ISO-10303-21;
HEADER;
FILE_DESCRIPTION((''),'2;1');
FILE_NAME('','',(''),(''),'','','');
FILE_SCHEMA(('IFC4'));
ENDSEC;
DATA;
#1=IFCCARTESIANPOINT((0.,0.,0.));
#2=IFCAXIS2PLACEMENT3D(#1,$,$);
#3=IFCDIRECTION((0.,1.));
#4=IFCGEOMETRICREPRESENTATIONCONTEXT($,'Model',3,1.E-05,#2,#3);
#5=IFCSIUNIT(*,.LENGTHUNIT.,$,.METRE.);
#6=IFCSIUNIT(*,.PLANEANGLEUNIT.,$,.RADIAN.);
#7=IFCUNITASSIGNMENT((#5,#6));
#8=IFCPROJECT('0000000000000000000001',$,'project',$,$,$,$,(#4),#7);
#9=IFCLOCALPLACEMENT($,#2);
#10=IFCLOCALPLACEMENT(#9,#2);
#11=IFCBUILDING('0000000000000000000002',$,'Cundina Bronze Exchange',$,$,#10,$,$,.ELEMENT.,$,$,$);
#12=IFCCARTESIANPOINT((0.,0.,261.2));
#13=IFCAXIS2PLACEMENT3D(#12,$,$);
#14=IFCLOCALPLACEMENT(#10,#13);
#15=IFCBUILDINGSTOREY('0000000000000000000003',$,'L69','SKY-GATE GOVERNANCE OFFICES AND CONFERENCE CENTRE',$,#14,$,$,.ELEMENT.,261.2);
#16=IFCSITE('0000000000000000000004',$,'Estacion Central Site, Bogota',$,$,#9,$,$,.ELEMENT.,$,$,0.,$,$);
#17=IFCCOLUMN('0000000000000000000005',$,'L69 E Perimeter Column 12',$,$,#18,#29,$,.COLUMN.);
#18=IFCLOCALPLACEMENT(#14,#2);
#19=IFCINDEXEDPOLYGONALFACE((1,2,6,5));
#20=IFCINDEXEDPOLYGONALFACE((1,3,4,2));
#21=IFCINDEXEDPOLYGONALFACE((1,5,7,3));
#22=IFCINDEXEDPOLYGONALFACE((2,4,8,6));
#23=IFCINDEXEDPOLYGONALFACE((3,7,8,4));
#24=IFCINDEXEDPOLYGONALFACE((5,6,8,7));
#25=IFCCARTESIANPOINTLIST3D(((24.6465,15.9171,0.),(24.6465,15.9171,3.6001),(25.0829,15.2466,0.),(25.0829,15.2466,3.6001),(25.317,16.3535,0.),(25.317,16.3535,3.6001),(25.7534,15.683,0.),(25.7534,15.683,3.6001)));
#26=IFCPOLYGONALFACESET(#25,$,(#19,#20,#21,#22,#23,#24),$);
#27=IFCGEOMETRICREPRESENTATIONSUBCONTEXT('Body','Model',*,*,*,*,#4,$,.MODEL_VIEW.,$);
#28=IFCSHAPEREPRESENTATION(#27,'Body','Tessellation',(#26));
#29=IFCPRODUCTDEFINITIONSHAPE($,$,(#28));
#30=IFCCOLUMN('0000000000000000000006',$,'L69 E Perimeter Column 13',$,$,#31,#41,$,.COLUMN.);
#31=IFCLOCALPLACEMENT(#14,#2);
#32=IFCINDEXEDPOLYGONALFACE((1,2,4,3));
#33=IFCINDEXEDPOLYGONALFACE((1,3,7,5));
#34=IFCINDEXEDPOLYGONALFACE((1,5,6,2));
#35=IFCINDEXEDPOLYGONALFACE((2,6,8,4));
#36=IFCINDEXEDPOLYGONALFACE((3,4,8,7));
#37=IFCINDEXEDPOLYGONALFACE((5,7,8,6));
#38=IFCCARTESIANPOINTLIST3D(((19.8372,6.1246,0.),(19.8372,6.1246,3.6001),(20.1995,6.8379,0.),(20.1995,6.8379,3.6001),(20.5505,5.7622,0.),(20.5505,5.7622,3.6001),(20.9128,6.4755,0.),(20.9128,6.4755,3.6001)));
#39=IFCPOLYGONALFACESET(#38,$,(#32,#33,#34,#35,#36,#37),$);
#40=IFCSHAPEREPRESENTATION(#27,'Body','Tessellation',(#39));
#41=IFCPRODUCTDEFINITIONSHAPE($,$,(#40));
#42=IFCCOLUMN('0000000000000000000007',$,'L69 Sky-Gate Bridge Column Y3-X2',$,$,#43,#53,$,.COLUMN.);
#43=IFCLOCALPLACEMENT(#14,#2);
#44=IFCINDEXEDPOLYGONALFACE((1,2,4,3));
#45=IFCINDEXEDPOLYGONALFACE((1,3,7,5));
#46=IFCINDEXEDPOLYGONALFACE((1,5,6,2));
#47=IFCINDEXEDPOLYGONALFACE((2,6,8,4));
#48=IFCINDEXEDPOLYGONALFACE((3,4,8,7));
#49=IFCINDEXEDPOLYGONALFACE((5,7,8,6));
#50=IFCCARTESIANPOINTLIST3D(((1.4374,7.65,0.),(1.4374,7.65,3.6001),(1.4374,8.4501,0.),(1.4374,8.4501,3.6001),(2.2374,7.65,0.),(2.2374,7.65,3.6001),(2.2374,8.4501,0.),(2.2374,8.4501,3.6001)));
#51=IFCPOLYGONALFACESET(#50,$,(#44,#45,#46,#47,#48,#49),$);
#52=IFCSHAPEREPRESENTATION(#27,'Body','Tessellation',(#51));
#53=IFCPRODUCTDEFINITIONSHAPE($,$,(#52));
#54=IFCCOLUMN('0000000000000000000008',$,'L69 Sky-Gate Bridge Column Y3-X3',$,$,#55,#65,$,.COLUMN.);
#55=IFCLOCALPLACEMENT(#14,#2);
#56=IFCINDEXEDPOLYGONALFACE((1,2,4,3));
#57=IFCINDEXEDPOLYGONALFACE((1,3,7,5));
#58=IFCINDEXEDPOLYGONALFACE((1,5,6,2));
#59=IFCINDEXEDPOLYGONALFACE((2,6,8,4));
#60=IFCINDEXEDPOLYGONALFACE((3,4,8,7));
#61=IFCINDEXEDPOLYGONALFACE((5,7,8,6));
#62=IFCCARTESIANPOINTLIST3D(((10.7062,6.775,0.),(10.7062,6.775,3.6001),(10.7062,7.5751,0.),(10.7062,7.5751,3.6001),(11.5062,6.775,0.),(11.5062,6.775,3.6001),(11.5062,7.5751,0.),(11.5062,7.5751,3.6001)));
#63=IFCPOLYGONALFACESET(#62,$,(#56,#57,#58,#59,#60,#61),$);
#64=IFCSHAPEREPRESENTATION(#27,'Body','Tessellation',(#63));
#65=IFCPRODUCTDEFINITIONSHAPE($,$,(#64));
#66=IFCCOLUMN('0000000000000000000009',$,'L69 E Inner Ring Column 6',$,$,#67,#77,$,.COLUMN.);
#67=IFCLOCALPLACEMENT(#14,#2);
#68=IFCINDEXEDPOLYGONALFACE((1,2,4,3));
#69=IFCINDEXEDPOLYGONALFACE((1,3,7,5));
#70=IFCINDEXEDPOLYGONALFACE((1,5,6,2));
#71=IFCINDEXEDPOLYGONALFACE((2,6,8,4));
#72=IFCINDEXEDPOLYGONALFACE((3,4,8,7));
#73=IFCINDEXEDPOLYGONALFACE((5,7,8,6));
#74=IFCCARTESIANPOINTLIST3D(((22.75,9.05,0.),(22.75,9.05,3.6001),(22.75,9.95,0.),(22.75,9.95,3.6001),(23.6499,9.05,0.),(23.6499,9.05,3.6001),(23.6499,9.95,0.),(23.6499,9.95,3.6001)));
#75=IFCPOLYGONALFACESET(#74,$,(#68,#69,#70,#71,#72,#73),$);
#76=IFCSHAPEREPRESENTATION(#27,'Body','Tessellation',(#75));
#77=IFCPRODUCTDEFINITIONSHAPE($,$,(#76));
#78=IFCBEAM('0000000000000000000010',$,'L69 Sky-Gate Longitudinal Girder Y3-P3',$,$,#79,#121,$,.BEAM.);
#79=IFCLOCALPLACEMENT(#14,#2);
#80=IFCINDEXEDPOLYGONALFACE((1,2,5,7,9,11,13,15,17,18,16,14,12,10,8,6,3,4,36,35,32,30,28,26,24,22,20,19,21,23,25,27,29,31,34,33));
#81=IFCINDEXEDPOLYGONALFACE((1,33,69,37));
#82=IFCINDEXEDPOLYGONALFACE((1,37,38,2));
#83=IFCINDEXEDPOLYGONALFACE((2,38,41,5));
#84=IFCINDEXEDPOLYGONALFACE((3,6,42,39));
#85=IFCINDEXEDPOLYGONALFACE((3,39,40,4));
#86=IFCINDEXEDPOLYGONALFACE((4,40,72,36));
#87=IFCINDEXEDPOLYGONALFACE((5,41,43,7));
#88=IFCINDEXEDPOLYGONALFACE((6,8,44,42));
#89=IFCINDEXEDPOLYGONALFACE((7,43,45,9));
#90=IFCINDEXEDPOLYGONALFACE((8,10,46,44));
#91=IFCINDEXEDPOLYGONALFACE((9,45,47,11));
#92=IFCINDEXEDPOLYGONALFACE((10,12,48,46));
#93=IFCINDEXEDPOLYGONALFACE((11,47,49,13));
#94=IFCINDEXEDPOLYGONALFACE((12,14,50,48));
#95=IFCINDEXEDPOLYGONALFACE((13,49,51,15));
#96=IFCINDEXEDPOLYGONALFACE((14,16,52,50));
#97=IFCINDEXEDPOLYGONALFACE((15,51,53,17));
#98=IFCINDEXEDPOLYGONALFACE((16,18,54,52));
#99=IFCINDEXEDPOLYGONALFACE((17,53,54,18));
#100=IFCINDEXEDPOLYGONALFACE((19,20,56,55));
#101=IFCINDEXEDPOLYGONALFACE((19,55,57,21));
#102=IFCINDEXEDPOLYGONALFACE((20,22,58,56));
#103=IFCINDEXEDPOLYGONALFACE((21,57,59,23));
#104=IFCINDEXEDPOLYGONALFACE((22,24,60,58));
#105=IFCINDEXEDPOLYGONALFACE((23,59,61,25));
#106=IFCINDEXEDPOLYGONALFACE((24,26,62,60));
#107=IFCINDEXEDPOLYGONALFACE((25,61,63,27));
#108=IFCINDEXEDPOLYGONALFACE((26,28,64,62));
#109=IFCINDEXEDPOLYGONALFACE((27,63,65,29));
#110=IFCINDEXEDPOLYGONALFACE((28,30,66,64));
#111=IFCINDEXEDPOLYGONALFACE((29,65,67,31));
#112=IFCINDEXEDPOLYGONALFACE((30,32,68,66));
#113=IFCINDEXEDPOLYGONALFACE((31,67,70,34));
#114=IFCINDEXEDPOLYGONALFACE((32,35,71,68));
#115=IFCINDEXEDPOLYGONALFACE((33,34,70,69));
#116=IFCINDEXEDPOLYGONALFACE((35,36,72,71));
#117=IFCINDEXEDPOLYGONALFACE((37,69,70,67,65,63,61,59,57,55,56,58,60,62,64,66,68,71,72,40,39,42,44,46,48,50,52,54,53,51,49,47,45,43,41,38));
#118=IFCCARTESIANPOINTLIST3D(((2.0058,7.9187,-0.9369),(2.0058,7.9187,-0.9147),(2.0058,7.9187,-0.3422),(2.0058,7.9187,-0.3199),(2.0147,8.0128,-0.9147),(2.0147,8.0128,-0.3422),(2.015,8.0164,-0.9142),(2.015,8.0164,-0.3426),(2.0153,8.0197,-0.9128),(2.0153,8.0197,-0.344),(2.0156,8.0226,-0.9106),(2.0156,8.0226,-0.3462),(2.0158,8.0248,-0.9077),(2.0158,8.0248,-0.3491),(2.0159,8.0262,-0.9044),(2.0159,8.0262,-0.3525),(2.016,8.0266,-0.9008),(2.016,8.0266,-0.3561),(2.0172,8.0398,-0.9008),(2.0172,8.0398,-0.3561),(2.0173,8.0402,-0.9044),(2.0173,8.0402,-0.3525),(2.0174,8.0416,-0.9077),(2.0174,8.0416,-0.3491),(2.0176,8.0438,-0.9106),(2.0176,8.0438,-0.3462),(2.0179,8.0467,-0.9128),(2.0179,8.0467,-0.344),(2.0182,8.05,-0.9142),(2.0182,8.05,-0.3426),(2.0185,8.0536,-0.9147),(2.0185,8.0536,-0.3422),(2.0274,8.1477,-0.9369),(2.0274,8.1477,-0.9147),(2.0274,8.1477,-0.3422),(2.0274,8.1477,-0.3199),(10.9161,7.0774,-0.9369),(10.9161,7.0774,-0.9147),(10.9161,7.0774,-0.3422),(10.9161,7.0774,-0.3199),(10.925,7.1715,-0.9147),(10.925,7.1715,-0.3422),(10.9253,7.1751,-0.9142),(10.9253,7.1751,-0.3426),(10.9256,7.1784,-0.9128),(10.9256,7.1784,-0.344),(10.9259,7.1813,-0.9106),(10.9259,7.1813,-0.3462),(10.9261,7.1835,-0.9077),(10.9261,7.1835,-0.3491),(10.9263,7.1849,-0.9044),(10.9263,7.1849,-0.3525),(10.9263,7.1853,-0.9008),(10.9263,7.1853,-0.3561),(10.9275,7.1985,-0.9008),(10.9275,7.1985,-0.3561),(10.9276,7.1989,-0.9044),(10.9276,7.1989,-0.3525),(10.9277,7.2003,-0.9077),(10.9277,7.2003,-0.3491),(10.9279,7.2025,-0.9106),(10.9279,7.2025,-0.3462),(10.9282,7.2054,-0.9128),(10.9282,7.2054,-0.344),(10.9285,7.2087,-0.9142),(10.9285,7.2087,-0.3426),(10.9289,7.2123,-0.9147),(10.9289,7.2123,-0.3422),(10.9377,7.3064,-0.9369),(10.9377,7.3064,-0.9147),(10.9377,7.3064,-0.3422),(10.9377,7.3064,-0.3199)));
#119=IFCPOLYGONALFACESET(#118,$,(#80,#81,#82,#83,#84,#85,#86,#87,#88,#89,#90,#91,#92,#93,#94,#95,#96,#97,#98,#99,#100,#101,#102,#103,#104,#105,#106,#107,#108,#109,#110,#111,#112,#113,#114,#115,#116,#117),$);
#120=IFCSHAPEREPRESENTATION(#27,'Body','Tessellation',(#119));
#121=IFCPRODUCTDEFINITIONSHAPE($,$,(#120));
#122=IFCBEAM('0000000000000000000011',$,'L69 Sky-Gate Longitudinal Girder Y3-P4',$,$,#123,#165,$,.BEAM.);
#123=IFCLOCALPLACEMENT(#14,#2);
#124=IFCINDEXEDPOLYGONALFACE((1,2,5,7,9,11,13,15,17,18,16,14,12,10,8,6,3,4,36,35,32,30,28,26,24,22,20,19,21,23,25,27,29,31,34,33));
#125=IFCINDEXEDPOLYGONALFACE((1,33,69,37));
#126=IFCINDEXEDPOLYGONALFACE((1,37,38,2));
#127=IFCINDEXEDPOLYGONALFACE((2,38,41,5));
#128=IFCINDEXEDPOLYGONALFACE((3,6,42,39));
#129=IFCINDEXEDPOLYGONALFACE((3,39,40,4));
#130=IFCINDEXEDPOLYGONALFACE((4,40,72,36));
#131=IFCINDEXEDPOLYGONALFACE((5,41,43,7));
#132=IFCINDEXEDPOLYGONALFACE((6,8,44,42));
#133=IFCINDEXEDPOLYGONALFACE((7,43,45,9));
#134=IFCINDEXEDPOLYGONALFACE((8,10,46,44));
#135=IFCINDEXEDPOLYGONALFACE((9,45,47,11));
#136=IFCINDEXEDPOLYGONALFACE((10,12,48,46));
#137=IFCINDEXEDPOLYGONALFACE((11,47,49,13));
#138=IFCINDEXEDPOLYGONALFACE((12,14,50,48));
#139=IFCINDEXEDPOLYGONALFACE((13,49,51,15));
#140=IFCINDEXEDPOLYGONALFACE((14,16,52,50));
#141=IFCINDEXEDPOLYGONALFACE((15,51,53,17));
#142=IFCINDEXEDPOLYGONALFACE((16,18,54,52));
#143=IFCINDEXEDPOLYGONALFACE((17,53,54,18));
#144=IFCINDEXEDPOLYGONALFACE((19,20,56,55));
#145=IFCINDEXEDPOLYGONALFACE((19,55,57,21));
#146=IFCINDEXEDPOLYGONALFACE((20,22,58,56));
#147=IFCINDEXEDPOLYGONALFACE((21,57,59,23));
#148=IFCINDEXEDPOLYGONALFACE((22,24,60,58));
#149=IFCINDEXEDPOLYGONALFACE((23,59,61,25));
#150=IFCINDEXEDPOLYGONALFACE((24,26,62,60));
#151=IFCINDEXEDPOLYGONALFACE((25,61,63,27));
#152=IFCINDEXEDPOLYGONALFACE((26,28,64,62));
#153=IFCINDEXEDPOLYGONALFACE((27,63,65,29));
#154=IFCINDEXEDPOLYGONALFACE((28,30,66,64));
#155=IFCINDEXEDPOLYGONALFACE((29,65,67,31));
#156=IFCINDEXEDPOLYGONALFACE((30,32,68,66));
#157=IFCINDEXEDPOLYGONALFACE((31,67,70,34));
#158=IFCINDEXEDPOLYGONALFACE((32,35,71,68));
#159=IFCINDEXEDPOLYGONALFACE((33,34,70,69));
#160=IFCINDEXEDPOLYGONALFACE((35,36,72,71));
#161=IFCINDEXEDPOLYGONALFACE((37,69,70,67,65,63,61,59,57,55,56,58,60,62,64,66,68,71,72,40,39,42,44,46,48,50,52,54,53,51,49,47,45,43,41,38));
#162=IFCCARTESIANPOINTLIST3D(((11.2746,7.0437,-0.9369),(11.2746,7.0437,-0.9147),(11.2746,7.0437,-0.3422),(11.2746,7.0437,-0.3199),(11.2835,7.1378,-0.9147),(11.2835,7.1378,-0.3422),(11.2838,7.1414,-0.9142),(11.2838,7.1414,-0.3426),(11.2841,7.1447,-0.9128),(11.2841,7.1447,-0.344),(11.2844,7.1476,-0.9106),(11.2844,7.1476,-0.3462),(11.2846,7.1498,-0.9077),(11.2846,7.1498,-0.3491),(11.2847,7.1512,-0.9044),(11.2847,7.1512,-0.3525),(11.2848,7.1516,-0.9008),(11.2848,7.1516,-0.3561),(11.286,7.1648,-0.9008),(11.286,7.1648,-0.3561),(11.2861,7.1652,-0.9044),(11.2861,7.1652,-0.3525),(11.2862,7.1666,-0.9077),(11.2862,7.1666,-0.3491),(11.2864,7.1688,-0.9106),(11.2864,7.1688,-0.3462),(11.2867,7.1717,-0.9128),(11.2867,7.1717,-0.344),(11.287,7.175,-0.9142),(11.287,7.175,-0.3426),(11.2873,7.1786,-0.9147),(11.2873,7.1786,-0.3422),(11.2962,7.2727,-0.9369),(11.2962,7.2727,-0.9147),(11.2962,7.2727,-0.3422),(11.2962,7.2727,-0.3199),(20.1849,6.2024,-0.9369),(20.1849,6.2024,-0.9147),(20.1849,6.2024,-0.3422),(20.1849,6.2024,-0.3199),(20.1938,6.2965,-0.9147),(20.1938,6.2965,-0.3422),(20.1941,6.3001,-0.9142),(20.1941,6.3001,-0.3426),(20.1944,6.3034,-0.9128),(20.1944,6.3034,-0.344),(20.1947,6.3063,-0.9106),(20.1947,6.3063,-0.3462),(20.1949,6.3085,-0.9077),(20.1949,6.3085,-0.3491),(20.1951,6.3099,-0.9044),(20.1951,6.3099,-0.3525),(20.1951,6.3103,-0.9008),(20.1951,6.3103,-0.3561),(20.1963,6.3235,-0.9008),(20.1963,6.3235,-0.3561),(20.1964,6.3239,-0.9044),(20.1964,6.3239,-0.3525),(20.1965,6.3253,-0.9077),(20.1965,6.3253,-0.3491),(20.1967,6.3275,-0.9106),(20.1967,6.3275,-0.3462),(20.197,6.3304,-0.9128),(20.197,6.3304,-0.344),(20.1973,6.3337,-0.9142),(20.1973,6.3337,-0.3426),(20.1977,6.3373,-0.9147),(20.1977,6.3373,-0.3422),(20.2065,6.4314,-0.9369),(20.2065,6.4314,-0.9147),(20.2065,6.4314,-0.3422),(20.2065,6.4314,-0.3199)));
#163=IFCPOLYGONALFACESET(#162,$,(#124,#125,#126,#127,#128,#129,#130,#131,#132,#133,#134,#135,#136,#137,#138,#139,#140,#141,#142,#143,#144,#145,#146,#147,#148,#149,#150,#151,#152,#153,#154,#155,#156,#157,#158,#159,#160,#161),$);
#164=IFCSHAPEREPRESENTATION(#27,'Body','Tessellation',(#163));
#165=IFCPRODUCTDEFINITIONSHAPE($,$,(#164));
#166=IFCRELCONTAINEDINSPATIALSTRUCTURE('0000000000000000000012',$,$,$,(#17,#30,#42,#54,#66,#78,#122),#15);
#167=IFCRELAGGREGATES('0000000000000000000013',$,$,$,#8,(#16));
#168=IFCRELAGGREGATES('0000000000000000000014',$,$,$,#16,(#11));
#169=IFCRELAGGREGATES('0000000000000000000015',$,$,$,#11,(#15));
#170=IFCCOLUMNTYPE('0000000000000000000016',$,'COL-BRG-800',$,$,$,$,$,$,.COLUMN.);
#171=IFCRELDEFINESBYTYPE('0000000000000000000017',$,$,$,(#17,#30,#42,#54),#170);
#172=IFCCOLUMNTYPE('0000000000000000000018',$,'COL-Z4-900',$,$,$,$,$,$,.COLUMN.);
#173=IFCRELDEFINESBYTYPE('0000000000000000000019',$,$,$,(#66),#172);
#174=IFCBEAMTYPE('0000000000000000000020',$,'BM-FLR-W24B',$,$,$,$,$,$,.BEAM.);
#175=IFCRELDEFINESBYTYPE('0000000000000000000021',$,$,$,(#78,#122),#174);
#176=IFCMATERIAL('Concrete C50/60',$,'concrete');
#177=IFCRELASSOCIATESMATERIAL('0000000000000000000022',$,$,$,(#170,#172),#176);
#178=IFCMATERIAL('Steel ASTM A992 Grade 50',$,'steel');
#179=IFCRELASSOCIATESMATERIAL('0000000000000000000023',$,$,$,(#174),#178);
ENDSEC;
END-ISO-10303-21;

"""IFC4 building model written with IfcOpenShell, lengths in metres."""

from ifc_helpers import new_model, si_unit, direction, frame, origin, origin_2d, place, context, subcontext, project, spatial, rectangle, i_section, extrude, material, material_profile, profile_set, type_object, element, save


model = new_model("IFC4")

# Units and contexts
model_context = context("Model", 3, precision=1e-05, world=origin(), true_north=direction((0.0, 1.0)))
body_context = subcontext(model_context, "Body", "Model", "MODEL_VIEW")
ifc_project = project(units=[si_unit("LENGTHUNIT", "METRE"), si_unit("PLANEANGLEUNIT", "RADIAN")], contexts=[model_context])

# Site, building, storey
site_placement = place(None, origin())
site = spatial("IfcSite", under=ifc_project, at=site_placement, Name="Estacion Central Site, Bogota", CompositionType="ELEMENT", RefElevation=0.0)
building_placement = place(site_placement, origin())
building = spatial("IfcBuilding", under=site, at=building_placement, Name="Cundina Bronze Exchange", CompositionType="ELEMENT")
storey_placement = place(building_placement, frame((0.0, 0.0, 261.2)))
storey = spatial("IfcBuildingStorey", under=building, at=storey_placement, Name="L69", Description="SKY-GATE GOVERNANCE OFFICES AND CONFERENCE CENTRE", CompositionType="ELEMENT", Elevation=261.2)

# Columns
ifc_material_1 = material(Name="Concrete C50/60", Category="concrete")
ifc_material_profile_1 = material_profile(ifc_material_1, rectangle(XDim=0.8, YDim=0.8, at=origin_2d()), Name="RC800X800", Category="concrete")
ifc_profile_set_1 = profile_set([ifc_material_profile_1], Name="Concrete C50/60")
column_type_1 = type_object("IfcColumnType", Name="COL-BRG-800", PredefinedType="COLUMN", material=ifc_profile_set_1)
for number, where, z_axis, x_axis, name in (
    (1, (25.2, 15.8, 0.0), (0.0, 0.0, 1.0), (-0.8381, -0.545517, 0.0), "L69 E Perimeter Column 12"),
    (2, (20.375, 6.3, 0.0), (0.0, 0.0, 1.0), (-0.452902, -0.891561, 0.0), "L69 E Perimeter Column 13"),
    (3, (1.8374, 8.05, 0.0), (0.0, 0.0, 1.0), (1.0, 0.0, 0.0), "L69 Sky-Gate Bridge Column Y3-X2"),
    (4, (11.1062, 7.175, 0.0), (0.0, 0.0, 1.0), (1.0, 0.0, 0.0), "L69 Sky-Gate Bridge Column Y3-X3"),
):
    element("IfcColumn", number, at=place(storey_placement, frame(where, z_axis=z_axis, x_axis=x_axis)), inside=storey, type_object=column_type_1, Name=name, PredefinedType="COLUMN", context=body_context, shape_type="SweptSolid", body=[
        extrude(rectangle(XDim=0.8, YDim=0.8, at=origin_2d()), origin(), (0.0, 0.0, 1.0), 3.6001),
    ])
ifc_material_profile_2 = material_profile(ifc_material_1, rectangle(XDim=0.8999, YDim=0.8999, at=origin_2d()), Name="RC900X900", Category="concrete")
ifc_profile_set_2 = profile_set([ifc_material_profile_2], Name="Concrete C50/60")
column_type_2 = type_object("IfcColumnType", Name="COL-Z4-900", PredefinedType="COLUMN", material=ifc_profile_set_2)
column_placement = place(storey_placement, frame((23.2, 9.5, 0.0), z_axis=(0.0, 0.0, 1.0), x_axis=(1.0, 0.0, 0.0)))
element("IfcColumn", 5, at=column_placement, inside=storey, type_object=column_type_2, Name="L69 E Inner Ring Column 6", PredefinedType="COLUMN", context=body_context, shape_type="SweptSolid", body=[
    extrude(rectangle(XDim=0.8999, YDim=0.8999, at=origin_2d()), origin(), (0.0, 0.0, 1.0), 3.6001),
])

# Beams
ifc_material_2 = material(Name="Steel ASTM A992 Grade 50", Category="steel")
ifc_material_profile_3 = material_profile(ifc_material_2, i_section(OverallWidth=0.23, OverallDepth=0.6169, WebThickness=0.0132, FlangeThickness=0.0222, FilletRadius=0.0139, at=origin_2d()), Name="W24X94", Category="steel")
ifc_profile_set_3 = profile_set([ifc_material_profile_3], Name="Steel ASTM A992 Grade 50")
beam_type_1 = type_object("IfcBeamType", Name="BM-FLR-W24B", PredefinedType="BEAM", material=ifc_profile_set_3)
for number, where, z_axis, x_axis, name in (
    (6, (2.0166, 8.0332, -0.6284), (0.995572, -0.094001, 0.0), (0.094001, 0.995572, 0.0), "L69 Sky-Gate Longitudinal Girder Y3-P3"),
    (7, (11.2854, 7.1582, -0.6284), (0.995572, -0.094001, 0.0), (0.094001, 0.995572, 0.0), "L69 Sky-Gate Longitudinal Girder Y3-P4"),
):
    element("IfcBeam", number, at=place(storey_placement, frame(where, z_axis=z_axis, x_axis=x_axis)), inside=storey, type_object=beam_type_1, Name=name, PredefinedType="BEAM", context=body_context, shape_type="SweptSolid", body=[
        extrude(i_section(OverallWidth=0.23, OverallDepth=0.6169, WebThickness=0.0132, FlangeThickness=0.0222, FilletRadius=0.0139, at=origin_2d()), origin(), (0.0, 0.0, 1.0), 8.95),
    ])

save(model, "model.ifc")
